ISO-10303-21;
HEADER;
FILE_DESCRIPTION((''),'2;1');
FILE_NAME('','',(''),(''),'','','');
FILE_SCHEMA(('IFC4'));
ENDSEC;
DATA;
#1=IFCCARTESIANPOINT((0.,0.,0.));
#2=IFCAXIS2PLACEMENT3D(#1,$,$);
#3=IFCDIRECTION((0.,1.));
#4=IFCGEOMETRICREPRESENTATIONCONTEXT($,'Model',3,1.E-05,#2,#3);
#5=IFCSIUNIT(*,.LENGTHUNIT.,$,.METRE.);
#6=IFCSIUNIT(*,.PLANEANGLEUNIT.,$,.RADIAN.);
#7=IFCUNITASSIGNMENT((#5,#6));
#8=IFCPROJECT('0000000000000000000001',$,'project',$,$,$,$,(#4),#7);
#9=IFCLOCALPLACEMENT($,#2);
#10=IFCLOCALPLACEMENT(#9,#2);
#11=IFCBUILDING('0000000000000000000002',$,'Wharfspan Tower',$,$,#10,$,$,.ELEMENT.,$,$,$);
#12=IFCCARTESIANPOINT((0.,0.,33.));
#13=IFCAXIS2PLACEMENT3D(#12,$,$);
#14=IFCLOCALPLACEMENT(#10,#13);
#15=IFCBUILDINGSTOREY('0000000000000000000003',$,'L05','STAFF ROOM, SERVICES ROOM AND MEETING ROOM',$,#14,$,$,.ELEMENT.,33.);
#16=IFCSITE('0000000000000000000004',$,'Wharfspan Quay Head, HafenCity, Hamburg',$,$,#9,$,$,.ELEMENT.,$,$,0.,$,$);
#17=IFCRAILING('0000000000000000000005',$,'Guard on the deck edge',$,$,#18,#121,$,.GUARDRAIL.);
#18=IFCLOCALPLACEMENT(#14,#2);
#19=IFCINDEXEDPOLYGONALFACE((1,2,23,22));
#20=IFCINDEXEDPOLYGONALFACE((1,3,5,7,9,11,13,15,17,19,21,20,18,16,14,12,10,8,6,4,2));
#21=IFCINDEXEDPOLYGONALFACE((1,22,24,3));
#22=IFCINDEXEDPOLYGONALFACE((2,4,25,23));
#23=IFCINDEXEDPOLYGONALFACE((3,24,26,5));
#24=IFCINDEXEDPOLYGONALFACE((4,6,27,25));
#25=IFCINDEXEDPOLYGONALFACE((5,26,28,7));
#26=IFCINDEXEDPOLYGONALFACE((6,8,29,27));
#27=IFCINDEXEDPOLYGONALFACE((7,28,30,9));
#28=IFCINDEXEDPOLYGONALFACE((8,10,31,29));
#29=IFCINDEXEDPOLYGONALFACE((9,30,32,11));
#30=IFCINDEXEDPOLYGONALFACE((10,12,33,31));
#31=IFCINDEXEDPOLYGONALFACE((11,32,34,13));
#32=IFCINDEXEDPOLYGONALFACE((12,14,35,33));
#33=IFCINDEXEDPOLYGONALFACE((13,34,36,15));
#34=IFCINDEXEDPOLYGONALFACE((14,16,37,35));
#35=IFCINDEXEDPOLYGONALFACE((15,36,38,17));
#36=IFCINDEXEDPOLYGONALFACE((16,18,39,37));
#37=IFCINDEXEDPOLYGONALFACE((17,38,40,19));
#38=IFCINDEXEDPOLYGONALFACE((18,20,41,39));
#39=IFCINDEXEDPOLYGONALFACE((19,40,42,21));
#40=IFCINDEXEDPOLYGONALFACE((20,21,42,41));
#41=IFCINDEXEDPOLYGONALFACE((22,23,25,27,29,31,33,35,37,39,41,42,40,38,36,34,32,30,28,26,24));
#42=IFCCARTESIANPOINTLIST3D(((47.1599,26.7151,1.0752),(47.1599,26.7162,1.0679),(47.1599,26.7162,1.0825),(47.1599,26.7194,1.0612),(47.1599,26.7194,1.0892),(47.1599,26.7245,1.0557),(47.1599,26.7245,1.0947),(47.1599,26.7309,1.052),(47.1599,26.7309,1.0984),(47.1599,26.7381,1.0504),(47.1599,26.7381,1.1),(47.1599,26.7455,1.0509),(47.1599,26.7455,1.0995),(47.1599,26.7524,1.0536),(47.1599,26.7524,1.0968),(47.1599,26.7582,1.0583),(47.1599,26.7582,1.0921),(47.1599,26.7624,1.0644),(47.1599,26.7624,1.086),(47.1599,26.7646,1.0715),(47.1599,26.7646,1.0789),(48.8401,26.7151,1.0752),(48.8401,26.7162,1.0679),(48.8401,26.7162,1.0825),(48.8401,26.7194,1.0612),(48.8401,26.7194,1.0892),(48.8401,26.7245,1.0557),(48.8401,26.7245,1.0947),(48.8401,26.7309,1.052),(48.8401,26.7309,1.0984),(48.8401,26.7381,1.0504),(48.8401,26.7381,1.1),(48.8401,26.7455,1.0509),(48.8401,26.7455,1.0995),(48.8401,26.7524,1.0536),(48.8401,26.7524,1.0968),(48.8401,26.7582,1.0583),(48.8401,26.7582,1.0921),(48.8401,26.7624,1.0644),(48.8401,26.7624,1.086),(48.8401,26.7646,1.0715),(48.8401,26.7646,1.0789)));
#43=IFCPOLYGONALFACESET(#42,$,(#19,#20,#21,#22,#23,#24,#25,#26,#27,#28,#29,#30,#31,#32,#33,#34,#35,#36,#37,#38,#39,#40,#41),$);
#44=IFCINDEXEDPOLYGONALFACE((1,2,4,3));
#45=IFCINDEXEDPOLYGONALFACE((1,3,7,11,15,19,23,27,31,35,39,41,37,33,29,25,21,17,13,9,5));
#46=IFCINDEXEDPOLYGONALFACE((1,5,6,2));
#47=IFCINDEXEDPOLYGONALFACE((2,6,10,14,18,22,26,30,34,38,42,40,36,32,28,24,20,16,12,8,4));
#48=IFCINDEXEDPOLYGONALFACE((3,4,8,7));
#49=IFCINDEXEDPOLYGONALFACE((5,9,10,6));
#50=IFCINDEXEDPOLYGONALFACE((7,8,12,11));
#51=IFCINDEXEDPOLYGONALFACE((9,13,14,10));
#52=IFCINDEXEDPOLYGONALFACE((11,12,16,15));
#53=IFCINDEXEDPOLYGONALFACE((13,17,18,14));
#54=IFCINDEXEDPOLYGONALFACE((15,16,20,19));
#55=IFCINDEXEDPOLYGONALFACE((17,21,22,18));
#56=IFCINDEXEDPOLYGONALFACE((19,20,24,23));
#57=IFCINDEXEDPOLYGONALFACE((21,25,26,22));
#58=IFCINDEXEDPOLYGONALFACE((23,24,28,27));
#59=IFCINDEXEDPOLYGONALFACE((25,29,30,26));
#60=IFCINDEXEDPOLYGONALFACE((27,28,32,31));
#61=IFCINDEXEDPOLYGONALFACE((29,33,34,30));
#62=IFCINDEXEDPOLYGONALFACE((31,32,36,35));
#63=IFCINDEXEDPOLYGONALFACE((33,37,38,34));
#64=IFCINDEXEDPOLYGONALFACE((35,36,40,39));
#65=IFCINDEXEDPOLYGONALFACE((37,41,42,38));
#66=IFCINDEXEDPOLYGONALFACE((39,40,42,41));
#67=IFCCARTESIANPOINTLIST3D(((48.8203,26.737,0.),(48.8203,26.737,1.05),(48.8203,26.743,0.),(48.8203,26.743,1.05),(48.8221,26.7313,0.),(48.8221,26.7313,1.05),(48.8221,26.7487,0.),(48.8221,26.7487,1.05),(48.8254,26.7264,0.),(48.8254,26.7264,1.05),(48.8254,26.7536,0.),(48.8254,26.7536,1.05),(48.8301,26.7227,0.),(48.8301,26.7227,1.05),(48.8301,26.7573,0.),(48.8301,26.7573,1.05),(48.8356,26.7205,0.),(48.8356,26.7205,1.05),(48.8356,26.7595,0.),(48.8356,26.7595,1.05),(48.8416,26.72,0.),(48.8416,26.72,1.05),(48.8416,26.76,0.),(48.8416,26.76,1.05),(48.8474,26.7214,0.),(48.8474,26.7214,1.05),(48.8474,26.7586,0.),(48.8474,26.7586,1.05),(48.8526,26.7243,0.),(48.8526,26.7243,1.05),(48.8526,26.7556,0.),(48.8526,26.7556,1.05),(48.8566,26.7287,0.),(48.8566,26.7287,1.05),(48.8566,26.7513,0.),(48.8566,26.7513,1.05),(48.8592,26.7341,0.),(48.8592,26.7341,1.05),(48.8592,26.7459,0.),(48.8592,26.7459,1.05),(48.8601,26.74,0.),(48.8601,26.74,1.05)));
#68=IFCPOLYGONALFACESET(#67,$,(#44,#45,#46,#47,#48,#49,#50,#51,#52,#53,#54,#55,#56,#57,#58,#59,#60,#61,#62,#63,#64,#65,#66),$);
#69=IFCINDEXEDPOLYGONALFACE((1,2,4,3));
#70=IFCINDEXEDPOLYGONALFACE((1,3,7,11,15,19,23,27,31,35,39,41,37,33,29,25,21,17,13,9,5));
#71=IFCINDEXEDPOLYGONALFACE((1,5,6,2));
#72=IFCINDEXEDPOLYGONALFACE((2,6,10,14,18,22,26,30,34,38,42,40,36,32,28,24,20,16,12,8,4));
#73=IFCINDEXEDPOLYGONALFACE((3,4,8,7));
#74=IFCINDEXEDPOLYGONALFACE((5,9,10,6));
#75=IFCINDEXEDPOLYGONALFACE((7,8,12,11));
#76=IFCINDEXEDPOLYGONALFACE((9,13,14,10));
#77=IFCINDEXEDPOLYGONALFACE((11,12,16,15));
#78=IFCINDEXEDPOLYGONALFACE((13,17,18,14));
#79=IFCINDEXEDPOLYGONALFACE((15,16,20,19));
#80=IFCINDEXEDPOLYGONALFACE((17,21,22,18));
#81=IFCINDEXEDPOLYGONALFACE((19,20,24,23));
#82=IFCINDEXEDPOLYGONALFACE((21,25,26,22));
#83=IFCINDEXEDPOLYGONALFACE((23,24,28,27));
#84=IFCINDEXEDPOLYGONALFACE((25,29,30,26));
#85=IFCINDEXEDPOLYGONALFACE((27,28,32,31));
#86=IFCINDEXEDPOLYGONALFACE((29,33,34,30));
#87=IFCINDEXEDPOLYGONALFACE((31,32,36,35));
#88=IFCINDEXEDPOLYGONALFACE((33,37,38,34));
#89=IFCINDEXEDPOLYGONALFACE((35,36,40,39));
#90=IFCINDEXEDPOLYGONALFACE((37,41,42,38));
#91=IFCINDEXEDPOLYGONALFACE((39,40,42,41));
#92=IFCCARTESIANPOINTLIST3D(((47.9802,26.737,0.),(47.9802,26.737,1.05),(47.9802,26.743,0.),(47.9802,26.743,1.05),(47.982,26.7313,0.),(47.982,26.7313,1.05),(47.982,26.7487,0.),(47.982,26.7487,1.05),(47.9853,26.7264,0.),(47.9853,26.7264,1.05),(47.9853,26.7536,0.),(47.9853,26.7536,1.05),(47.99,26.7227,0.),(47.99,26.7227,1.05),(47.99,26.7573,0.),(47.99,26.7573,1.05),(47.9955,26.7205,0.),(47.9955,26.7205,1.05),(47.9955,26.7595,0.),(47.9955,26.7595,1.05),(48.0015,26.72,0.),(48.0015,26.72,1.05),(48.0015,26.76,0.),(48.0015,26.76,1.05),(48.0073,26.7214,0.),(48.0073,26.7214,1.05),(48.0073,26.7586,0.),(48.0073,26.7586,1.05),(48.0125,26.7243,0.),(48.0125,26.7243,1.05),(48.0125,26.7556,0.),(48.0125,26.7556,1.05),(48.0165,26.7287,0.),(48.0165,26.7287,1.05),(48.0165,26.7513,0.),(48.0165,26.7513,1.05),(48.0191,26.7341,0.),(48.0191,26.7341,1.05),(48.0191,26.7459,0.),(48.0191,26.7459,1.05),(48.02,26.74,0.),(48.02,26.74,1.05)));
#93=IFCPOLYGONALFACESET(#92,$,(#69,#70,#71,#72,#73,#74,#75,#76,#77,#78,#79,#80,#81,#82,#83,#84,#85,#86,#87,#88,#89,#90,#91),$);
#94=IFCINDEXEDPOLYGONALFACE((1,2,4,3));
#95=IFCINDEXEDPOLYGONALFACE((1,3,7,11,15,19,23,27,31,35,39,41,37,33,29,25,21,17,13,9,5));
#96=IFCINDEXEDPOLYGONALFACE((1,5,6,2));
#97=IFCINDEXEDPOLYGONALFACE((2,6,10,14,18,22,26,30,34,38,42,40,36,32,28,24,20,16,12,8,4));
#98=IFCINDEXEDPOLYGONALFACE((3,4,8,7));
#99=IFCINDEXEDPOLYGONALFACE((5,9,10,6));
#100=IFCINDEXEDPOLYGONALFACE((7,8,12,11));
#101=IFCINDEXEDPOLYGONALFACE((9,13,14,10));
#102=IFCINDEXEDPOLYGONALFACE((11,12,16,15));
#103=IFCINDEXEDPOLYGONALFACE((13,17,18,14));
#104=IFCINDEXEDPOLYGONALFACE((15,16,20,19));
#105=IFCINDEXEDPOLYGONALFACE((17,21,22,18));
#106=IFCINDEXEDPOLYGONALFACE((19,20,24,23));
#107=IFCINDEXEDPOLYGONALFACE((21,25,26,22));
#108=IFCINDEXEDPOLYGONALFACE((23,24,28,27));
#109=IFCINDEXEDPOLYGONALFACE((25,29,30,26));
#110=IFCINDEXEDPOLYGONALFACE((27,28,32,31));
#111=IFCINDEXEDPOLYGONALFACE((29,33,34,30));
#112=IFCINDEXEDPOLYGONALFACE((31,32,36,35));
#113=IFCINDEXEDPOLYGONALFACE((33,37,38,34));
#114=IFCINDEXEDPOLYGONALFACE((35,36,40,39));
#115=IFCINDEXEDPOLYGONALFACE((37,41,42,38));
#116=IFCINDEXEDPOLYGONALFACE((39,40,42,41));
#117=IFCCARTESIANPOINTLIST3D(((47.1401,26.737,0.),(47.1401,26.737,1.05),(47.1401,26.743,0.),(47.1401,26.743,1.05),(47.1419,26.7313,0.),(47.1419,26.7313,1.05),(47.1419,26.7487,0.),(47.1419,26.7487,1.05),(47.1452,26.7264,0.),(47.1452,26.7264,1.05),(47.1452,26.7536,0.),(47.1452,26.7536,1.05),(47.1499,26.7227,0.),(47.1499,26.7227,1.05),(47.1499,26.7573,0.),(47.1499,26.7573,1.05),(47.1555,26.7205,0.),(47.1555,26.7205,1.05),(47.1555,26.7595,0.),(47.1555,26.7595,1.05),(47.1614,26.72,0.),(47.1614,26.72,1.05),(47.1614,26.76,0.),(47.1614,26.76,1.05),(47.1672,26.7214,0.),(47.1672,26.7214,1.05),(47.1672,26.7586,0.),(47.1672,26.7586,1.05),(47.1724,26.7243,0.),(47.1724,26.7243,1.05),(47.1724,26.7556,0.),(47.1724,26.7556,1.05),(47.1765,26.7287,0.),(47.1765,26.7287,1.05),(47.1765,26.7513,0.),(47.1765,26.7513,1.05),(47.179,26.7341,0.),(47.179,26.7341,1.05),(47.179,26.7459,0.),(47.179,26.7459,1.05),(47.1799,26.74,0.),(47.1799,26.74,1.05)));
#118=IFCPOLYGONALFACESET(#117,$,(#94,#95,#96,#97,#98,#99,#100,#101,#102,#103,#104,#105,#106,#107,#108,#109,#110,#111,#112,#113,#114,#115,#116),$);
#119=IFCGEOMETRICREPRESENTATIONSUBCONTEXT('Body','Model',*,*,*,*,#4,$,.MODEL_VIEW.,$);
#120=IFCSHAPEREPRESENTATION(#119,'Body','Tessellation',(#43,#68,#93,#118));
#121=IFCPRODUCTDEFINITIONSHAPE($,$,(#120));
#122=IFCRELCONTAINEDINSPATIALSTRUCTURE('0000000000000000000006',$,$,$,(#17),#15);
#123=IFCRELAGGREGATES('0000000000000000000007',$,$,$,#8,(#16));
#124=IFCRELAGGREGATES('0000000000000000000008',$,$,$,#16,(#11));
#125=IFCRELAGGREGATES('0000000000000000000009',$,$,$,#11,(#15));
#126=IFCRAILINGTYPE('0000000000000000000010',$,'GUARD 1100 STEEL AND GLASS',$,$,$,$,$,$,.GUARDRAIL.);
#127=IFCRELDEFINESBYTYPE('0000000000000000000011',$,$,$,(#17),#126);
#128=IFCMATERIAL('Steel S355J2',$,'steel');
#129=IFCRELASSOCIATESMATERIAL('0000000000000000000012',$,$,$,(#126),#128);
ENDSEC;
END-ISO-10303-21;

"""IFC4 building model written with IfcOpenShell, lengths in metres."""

from ifc_helpers import new_model, si_unit, direction, frame, origin, origin_2d, place, context, subcontext, project, spatial, circle, extrude, material, type_object, element, save


model = new_model("IFC4")

# Units and contexts
model_context = context("Model", 3, precision=1e-05, world=origin(), true_north=direction((0.0, 1.0)))
body_context = subcontext(model_context, "Body", "Model", "MODEL_VIEW")
ifc_project = project(units=[si_unit("LENGTHUNIT", "METRE"), si_unit("PLANEANGLEUNIT", "RADIAN")], contexts=[model_context])

# Site, building, storey
site_placement = place(None, origin())
site = spatial("IfcSite", under=ifc_project, at=site_placement, Name="Wharfspan Quay Head, HafenCity, Hamburg", CompositionType="ELEMENT", RefElevation=0.0)
building_placement = place(site_placement, origin())
building = spatial("IfcBuilding", under=site, at=building_placement, Name="Wharfspan Tower", CompositionType="ELEMENT")
storey_placement = place(building_placement, frame((0.0, 0.0, 33.0)))
storey = spatial("IfcBuildingStorey", under=building, at=storey_placement, Name="L05", Description="STAFF ROOM, SERVICES ROOM AND MEETING ROOM", CompositionType="ELEMENT", Elevation=33.0)

# Railing
ifc_material_1 = material(Name="Steel S355J2", Category="steel")
railing_type = type_object("IfcRailingType", Name="GUARD 1100 STEEL AND GLASS", PredefinedType="GUARDRAIL", material=ifc_material_1)
railing_1_placement = place(storey_placement, frame((48.8401, 26.74, 0.0)))
element("IfcRailing", 1, at=railing_1_placement, inside=storey, type_object=railing_type, Name="Guard on the deck edge", PredefinedType="GUARDRAIL", context=body_context, shape_type="SweptSolid", body=[
    extrude(circle(Radius=0.0249, at=origin_2d()), frame((0.0, 0.0, 1.0752), z_axis=(-1.0, 0.0, 0.0), x_axis=(0.0, -1.0, 0.0)), (0.0, 0.0, 1.0), 1.6802),
    extrude(circle(Radius=0.02, at=origin_2d()), origin(), (0.0, 0.0, 1.0), 1.05),
    extrude(circle(Radius=0.02, at=origin_2d()), frame((-0.8401, 0.0, 0.0)), (0.0, 0.0, 1.0), 1.05),
    extrude(circle(Radius=0.02, at=origin_2d()), frame((-1.6802, 0.0, 0.0)), (0.0, 0.0, 1.0), 1.05),
])

save(model, "model.ifc")
